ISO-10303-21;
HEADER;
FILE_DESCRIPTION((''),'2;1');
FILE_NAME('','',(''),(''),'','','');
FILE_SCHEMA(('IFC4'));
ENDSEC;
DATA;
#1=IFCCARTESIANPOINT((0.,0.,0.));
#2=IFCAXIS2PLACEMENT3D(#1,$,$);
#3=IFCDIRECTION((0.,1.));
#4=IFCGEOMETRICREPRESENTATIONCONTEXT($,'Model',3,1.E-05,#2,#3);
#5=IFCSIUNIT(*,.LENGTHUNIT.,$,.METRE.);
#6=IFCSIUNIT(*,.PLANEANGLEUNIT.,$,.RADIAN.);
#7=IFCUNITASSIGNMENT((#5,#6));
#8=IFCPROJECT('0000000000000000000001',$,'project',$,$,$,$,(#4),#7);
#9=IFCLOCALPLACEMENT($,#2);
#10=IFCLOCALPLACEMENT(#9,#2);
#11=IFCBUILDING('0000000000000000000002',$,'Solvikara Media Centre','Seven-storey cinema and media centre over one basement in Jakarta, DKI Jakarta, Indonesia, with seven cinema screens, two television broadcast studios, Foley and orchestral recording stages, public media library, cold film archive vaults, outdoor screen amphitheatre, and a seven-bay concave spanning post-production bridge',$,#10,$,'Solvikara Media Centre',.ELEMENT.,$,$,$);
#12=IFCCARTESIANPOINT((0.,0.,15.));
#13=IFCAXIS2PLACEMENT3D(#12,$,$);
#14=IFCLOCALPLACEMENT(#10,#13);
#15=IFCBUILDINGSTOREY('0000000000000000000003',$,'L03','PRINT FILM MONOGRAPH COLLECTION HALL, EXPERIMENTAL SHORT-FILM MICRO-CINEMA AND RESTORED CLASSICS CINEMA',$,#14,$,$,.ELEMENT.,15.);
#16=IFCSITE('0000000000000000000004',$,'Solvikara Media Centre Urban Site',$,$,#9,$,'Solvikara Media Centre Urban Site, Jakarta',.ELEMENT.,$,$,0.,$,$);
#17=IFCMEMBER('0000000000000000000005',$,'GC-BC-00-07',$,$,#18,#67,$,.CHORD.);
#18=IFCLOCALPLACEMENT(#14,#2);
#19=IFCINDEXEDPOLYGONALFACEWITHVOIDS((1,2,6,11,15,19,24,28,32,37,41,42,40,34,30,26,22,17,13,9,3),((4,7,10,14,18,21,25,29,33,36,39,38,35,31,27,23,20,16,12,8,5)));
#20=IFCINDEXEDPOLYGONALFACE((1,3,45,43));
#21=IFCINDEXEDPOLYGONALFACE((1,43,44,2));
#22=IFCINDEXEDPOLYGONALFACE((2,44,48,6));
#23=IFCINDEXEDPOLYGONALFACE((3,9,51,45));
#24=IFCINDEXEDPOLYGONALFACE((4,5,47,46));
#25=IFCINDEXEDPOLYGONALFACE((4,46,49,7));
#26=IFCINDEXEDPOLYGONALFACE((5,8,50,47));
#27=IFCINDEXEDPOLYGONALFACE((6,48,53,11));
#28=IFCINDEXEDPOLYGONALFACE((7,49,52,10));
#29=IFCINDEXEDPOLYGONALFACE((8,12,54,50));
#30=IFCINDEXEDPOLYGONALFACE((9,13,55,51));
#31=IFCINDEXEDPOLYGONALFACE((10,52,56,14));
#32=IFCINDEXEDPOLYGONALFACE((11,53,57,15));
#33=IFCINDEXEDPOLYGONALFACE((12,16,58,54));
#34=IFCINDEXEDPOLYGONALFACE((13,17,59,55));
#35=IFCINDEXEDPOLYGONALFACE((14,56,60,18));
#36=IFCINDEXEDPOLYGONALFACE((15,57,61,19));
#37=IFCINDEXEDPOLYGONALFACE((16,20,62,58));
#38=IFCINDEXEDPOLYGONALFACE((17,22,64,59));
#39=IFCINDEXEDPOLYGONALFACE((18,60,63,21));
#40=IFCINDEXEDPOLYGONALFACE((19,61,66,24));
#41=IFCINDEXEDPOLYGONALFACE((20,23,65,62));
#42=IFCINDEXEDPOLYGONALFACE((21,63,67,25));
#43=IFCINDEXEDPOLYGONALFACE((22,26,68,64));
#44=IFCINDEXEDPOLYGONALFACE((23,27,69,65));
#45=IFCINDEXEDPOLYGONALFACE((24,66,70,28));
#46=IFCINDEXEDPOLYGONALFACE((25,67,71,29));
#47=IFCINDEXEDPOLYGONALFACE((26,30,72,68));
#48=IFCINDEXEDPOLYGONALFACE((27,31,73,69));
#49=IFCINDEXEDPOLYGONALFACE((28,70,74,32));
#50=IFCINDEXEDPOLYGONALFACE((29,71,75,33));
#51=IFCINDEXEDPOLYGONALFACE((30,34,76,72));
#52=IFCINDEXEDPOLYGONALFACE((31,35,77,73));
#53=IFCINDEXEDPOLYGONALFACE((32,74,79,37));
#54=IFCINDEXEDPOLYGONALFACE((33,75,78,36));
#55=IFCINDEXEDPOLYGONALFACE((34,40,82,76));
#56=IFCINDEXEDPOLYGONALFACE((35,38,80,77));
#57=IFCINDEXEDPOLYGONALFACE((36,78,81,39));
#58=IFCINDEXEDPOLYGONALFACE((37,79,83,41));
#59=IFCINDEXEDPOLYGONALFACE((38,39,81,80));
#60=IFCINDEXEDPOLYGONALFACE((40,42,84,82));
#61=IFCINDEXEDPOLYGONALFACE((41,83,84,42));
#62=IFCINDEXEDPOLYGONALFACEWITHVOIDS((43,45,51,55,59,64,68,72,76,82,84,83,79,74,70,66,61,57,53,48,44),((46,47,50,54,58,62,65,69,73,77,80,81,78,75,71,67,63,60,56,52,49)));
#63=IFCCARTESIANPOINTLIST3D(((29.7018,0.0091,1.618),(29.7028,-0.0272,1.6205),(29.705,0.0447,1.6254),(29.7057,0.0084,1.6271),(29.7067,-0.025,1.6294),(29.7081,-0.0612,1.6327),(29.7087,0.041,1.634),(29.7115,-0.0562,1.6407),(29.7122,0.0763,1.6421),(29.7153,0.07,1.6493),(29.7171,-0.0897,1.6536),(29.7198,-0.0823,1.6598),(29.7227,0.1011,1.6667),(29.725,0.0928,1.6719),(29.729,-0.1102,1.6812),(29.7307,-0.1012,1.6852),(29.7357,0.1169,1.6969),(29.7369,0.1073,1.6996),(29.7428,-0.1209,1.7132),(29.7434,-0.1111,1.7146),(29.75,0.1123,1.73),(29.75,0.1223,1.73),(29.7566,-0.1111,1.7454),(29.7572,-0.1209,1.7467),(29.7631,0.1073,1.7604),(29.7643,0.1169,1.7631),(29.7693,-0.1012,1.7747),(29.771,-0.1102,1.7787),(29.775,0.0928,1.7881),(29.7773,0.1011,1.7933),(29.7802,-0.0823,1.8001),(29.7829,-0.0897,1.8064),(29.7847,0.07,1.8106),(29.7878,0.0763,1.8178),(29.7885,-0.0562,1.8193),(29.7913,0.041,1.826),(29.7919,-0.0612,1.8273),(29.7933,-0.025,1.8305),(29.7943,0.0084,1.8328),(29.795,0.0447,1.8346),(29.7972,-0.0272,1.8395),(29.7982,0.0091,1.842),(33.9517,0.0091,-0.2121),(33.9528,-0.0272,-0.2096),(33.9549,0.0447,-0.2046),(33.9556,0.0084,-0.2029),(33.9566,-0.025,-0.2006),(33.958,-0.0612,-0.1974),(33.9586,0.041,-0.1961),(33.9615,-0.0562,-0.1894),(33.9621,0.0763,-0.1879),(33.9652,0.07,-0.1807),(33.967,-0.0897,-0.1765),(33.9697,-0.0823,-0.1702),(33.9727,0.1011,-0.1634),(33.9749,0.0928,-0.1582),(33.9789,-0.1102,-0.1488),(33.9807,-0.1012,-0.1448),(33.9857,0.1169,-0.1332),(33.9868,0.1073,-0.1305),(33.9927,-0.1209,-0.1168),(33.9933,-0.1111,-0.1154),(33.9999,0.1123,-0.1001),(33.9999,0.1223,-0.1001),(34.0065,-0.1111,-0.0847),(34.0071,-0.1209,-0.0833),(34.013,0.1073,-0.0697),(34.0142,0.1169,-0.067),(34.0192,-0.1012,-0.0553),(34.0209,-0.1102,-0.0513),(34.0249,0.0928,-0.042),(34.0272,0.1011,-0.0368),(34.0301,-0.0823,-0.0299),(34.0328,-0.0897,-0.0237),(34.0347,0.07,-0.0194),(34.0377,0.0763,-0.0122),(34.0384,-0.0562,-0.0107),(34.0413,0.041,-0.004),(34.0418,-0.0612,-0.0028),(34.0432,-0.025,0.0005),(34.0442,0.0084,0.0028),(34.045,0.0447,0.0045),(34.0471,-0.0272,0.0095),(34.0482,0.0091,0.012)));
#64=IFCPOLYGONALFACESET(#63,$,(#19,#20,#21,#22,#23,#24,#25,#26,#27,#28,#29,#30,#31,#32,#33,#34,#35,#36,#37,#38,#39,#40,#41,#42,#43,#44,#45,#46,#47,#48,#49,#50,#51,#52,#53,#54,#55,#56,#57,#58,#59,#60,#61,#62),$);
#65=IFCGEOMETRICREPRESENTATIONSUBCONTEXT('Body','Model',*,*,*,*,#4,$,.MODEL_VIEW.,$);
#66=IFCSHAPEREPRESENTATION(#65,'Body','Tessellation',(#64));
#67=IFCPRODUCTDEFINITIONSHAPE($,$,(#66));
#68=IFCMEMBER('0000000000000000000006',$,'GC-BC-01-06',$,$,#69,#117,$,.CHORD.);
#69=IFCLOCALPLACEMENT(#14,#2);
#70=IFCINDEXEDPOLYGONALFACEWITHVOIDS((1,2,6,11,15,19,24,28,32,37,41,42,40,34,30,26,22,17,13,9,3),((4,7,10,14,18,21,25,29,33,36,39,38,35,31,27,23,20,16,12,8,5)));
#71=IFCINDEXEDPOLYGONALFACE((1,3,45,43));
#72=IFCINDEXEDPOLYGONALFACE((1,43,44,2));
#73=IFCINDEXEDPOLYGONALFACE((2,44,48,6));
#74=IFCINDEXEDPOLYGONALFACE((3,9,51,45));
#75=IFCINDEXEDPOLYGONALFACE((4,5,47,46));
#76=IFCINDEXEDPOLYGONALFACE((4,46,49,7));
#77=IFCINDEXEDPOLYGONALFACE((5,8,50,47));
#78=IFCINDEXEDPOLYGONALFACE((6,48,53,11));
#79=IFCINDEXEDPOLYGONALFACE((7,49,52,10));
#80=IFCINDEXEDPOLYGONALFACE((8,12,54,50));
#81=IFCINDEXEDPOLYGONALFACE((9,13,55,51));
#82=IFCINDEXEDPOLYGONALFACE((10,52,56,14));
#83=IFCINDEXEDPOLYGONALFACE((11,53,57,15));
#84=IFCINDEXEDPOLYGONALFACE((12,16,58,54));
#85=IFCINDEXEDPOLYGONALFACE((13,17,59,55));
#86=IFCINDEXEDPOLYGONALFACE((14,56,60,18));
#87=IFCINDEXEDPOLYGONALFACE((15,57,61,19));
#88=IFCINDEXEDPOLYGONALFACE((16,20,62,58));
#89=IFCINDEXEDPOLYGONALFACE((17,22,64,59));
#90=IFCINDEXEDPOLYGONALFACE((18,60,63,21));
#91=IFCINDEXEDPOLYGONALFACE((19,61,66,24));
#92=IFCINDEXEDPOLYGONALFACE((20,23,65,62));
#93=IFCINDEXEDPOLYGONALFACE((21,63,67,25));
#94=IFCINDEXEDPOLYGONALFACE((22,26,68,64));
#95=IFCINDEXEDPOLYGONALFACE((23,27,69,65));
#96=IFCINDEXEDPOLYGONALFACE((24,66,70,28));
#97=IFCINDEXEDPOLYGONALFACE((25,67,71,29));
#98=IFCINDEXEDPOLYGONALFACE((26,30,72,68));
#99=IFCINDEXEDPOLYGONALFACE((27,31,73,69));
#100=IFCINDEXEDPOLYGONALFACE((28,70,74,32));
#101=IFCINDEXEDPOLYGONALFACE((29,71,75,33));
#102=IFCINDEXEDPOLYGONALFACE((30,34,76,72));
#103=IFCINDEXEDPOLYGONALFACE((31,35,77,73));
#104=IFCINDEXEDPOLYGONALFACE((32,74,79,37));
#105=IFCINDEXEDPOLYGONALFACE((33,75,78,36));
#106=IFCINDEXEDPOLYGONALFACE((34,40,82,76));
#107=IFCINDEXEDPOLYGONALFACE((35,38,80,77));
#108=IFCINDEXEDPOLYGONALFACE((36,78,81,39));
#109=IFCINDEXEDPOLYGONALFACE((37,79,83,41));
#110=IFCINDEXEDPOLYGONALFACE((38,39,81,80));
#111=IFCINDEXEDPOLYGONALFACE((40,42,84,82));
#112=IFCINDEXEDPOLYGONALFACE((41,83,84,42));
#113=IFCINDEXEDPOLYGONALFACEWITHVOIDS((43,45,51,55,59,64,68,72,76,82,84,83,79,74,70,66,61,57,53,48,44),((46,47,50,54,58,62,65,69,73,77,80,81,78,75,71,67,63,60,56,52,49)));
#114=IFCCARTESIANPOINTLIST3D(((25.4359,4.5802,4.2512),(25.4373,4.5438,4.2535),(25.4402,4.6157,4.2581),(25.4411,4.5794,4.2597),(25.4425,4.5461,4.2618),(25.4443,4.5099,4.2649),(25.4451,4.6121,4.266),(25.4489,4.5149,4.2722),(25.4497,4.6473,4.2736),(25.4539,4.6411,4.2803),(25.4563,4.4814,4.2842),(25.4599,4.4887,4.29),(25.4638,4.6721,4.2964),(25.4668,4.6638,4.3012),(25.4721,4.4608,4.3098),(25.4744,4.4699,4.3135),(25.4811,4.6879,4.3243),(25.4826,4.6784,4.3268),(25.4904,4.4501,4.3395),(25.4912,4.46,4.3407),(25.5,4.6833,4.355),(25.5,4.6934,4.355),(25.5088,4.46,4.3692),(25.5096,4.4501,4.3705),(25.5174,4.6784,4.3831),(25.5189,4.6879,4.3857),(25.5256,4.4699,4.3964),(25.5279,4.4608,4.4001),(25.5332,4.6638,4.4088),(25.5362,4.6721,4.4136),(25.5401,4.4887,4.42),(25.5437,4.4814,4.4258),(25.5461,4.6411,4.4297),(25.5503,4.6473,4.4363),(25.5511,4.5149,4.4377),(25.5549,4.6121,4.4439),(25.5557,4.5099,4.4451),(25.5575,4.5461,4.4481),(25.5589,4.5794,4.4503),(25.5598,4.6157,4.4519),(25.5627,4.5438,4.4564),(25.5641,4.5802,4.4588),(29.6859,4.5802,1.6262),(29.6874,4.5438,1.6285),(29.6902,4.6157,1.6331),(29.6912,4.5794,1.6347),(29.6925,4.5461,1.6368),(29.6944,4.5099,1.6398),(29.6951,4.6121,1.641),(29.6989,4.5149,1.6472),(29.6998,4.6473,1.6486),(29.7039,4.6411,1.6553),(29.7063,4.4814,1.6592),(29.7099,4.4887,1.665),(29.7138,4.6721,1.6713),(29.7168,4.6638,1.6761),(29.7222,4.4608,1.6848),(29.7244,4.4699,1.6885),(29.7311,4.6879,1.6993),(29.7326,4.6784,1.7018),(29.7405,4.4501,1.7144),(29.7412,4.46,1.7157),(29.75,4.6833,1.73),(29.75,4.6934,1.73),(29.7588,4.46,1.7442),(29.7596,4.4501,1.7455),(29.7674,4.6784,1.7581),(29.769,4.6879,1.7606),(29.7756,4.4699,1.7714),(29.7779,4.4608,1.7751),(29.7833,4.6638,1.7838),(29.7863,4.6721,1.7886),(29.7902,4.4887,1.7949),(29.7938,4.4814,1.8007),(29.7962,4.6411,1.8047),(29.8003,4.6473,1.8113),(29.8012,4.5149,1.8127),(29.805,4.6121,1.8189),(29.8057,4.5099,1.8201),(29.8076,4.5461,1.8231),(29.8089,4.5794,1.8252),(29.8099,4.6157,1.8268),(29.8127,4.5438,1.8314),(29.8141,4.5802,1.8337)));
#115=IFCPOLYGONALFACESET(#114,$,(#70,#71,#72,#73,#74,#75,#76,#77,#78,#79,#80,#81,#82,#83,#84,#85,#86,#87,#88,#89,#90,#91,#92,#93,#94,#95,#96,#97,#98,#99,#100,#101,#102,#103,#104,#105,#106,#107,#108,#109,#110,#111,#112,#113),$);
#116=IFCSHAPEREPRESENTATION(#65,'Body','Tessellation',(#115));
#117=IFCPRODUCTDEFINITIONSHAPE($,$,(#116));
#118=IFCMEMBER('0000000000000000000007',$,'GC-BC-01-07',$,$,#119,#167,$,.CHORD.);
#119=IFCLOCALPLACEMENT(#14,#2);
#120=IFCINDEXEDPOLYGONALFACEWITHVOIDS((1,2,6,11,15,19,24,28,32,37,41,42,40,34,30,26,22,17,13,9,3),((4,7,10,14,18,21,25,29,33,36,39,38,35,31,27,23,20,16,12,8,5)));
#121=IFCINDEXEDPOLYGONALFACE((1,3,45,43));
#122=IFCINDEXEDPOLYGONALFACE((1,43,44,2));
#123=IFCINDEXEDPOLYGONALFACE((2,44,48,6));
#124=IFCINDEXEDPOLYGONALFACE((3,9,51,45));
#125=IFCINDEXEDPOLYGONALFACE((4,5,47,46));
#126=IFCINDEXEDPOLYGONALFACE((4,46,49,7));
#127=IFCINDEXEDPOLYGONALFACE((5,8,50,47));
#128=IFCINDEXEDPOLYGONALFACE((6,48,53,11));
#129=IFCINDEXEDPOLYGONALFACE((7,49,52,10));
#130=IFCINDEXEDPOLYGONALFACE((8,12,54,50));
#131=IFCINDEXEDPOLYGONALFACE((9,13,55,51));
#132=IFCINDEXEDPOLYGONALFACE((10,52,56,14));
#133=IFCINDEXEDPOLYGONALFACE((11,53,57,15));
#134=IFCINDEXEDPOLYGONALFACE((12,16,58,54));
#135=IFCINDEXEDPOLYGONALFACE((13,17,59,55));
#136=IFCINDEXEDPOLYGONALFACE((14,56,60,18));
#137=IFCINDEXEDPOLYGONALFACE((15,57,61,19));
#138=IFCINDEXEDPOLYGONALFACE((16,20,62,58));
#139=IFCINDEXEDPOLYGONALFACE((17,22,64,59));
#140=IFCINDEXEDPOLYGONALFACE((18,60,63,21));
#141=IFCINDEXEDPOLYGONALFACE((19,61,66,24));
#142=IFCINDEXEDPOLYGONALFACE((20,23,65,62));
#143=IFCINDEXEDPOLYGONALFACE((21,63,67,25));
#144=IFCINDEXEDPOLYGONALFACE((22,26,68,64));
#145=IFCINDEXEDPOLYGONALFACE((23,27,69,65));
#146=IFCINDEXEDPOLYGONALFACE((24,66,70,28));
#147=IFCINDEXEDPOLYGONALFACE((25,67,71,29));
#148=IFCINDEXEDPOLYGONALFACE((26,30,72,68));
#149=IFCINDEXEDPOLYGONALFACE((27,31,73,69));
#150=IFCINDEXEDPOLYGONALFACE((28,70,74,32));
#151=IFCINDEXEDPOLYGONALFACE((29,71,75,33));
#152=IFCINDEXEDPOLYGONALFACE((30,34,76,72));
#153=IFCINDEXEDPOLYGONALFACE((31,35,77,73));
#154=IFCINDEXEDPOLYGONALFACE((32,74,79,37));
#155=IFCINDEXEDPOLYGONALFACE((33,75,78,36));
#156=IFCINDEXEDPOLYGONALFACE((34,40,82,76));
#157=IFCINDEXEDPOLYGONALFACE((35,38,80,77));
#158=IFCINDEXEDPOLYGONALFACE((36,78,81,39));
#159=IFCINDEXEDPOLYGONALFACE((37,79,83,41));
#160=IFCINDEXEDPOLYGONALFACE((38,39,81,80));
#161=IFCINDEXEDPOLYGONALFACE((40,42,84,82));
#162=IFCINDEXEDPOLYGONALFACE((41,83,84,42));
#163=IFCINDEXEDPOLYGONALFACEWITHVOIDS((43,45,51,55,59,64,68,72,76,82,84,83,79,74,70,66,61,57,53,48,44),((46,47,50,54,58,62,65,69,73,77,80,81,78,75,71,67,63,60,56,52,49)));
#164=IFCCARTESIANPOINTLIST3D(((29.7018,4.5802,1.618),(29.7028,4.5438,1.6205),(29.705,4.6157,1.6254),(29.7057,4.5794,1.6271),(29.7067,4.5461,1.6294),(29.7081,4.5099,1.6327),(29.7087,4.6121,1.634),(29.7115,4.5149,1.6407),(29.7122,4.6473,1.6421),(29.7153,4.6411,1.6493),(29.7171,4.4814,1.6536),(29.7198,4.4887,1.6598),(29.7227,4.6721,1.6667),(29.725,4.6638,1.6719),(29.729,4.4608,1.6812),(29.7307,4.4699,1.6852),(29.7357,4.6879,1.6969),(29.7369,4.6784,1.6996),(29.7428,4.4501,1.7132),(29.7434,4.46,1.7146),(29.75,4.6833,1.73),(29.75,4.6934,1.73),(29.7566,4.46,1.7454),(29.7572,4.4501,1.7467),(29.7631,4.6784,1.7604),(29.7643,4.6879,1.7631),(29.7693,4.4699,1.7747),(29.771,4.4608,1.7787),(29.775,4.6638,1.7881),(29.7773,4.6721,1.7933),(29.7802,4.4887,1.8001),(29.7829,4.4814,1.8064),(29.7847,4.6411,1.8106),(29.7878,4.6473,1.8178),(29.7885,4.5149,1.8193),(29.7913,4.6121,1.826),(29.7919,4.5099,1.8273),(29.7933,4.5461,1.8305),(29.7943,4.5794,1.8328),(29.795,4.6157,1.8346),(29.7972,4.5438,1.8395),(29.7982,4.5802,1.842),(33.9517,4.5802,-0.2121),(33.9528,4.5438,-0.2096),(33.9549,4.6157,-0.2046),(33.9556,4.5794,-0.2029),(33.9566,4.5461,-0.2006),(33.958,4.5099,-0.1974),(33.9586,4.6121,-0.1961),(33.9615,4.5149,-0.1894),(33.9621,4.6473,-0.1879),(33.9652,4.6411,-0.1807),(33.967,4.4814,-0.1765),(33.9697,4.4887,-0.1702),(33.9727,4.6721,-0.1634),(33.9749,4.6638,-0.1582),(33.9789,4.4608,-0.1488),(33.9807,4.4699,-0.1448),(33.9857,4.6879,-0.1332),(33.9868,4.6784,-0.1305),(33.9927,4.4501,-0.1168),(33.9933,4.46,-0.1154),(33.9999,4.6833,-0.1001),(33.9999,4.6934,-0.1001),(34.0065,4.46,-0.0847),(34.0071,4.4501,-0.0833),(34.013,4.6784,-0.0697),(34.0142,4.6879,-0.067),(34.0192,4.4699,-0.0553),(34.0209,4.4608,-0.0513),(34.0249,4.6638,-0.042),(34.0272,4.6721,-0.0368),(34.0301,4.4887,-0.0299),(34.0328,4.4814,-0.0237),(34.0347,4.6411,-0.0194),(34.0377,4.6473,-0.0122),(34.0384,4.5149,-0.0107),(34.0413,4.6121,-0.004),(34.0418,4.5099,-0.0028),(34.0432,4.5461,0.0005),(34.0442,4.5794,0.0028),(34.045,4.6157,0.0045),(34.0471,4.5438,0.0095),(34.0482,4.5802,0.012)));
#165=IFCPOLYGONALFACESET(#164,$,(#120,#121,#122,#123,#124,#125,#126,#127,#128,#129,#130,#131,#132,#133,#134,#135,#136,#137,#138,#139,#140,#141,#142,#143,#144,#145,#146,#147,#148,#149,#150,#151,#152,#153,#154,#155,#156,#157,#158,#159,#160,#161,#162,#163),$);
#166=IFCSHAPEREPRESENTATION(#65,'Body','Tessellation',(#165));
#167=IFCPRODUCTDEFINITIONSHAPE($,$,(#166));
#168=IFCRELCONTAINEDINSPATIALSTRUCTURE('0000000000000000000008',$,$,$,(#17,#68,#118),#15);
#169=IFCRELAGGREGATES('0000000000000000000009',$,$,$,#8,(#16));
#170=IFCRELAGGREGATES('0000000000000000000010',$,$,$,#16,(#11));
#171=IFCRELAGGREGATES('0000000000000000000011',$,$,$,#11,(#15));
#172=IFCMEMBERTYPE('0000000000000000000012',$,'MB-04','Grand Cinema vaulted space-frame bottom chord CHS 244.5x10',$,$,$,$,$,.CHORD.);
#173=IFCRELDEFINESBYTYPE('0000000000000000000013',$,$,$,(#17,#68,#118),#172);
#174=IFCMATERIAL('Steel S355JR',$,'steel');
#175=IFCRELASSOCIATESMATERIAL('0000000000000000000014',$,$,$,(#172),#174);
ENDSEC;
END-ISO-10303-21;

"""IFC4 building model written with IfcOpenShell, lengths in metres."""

from ifc_helpers import new_model, si_unit, direction, frame, origin, origin_2d, place, context, subcontext, project, spatial, hollow_circle, extrude, material, material_profile, profile_set, type_object, element, save


model = new_model("IFC4")

# Units and contexts
model_context = context("Model", 3, precision=1e-05, world=origin(), true_north=direction((0.0, 1.0)))
body_context = subcontext(model_context, "Body", "Model", "MODEL_VIEW")
ifc_project = project(units=[si_unit("LENGTHUNIT", "METRE"), si_unit("PLANEANGLEUNIT", "RADIAN")], contexts=[model_context])

# Site, building, storey
site_placement = place(None, origin())
site = spatial("IfcSite", under=ifc_project, at=site_placement, Name="Solvikara Media Centre Urban Site", LongName="Solvikara Media Centre Urban Site, Jakarta", CompositionType="ELEMENT", RefElevation=0.0)
building_placement = place(site_placement, origin())
building = spatial("IfcBuilding", under=site, at=building_placement, Name="Solvikara Media Centre", Description="Seven-storey cinema and media centre over one basement in Jakarta, DKI Jakarta, Indonesia, with seven cinema screens, two television broadcast studios, Foley and orchestral recording stages, public media library, cold film archive vaults, outdoor screen amphitheatre, and a seven-bay concave spanning post-production bridge", LongName="Solvikara Media Centre", CompositionType="ELEMENT")
storey_placement = place(building_placement, frame((0.0, 0.0, 15.0)))
storey = spatial("IfcBuildingStorey", under=building, at=storey_placement, Name="L03", Description="PRINT FILM MONOGRAPH COLLECTION HALL, EXPERIMENTAL SHORT-FILM MICRO-CINEMA AND RESTORED CLASSICS CINEMA", CompositionType="ELEMENT", Elevation=15.0)

# Members
ifc_material_1 = material(Name="Steel S355JR", Category="steel")
ifc_material_profile_1 = material_profile(ifc_material_1, hollow_circle(Radius=0.1223, WallThickness=0.01, at=origin_2d()), Name="CHS 244.5x10")
ifc_profile_set_1 = profile_set([ifc_material_profile_1], Name="Steel S355JR")
member_type_1 = type_object("IfcMemberType", Name="MB-04", Description="Grand Cinema vaulted space-frame bottom chord CHS 244.5x10", PredefinedType="CHORD", material=ifc_profile_set_1)
member_1_placement = place(storey_placement, frame((29.75, 0.0, 1.73), z_axis=(0.918467, 0.0, -0.395498), x_axis=(0.0, 1.0, 0.0)))
element("IfcMember", 1, at=member_1_placement, inside=storey, type_object=member_type_1, Name="GC-BC-00-07", PredefinedType="CHORD", context=body_context, shape_type="SweptSolid", body=[
    extrude(hollow_circle(Radius=0.1223, WallThickness=0.01, at=origin_2d()), origin(), (0.0, 0.0, 1.0), 4.6272),
])
member_2_placement = place(storey_placement, frame((25.5, 4.571, 4.355), z_axis=(0.850798, 0.0, -0.525493), x_axis=(0.0, 1.0, 0.0)))
element("IfcMember", 2, at=member_2_placement, inside=storey, type_object=member_type_1, Name="GC-BC-01-06", PredefinedType="CHORD", context=body_context, shape_type="SweptSolid", body=[
    extrude(hollow_circle(Radius=0.1223, WallThickness=0.01, at=origin_2d()), origin(), (0.0, 0.0, 1.0), 4.9954),
])
member_3_placement = place(storey_placement, frame((29.75, 4.571, 1.73), z_axis=(0.918467, 0.0, -0.395498), x_axis=(0.0, 1.0, 0.0)))
element("IfcMember", 3, at=member_3_placement, inside=storey, type_object=member_type_1, Name="GC-BC-01-07", PredefinedType="CHORD", context=body_context, shape_type="SweptSolid", body=[
    extrude(hollow_circle(Radius=0.1223, WallThickness=0.01, at=origin_2d()), origin(), (0.0, 0.0, 1.0), 4.6272),
])

save(model, "model.ifc")
